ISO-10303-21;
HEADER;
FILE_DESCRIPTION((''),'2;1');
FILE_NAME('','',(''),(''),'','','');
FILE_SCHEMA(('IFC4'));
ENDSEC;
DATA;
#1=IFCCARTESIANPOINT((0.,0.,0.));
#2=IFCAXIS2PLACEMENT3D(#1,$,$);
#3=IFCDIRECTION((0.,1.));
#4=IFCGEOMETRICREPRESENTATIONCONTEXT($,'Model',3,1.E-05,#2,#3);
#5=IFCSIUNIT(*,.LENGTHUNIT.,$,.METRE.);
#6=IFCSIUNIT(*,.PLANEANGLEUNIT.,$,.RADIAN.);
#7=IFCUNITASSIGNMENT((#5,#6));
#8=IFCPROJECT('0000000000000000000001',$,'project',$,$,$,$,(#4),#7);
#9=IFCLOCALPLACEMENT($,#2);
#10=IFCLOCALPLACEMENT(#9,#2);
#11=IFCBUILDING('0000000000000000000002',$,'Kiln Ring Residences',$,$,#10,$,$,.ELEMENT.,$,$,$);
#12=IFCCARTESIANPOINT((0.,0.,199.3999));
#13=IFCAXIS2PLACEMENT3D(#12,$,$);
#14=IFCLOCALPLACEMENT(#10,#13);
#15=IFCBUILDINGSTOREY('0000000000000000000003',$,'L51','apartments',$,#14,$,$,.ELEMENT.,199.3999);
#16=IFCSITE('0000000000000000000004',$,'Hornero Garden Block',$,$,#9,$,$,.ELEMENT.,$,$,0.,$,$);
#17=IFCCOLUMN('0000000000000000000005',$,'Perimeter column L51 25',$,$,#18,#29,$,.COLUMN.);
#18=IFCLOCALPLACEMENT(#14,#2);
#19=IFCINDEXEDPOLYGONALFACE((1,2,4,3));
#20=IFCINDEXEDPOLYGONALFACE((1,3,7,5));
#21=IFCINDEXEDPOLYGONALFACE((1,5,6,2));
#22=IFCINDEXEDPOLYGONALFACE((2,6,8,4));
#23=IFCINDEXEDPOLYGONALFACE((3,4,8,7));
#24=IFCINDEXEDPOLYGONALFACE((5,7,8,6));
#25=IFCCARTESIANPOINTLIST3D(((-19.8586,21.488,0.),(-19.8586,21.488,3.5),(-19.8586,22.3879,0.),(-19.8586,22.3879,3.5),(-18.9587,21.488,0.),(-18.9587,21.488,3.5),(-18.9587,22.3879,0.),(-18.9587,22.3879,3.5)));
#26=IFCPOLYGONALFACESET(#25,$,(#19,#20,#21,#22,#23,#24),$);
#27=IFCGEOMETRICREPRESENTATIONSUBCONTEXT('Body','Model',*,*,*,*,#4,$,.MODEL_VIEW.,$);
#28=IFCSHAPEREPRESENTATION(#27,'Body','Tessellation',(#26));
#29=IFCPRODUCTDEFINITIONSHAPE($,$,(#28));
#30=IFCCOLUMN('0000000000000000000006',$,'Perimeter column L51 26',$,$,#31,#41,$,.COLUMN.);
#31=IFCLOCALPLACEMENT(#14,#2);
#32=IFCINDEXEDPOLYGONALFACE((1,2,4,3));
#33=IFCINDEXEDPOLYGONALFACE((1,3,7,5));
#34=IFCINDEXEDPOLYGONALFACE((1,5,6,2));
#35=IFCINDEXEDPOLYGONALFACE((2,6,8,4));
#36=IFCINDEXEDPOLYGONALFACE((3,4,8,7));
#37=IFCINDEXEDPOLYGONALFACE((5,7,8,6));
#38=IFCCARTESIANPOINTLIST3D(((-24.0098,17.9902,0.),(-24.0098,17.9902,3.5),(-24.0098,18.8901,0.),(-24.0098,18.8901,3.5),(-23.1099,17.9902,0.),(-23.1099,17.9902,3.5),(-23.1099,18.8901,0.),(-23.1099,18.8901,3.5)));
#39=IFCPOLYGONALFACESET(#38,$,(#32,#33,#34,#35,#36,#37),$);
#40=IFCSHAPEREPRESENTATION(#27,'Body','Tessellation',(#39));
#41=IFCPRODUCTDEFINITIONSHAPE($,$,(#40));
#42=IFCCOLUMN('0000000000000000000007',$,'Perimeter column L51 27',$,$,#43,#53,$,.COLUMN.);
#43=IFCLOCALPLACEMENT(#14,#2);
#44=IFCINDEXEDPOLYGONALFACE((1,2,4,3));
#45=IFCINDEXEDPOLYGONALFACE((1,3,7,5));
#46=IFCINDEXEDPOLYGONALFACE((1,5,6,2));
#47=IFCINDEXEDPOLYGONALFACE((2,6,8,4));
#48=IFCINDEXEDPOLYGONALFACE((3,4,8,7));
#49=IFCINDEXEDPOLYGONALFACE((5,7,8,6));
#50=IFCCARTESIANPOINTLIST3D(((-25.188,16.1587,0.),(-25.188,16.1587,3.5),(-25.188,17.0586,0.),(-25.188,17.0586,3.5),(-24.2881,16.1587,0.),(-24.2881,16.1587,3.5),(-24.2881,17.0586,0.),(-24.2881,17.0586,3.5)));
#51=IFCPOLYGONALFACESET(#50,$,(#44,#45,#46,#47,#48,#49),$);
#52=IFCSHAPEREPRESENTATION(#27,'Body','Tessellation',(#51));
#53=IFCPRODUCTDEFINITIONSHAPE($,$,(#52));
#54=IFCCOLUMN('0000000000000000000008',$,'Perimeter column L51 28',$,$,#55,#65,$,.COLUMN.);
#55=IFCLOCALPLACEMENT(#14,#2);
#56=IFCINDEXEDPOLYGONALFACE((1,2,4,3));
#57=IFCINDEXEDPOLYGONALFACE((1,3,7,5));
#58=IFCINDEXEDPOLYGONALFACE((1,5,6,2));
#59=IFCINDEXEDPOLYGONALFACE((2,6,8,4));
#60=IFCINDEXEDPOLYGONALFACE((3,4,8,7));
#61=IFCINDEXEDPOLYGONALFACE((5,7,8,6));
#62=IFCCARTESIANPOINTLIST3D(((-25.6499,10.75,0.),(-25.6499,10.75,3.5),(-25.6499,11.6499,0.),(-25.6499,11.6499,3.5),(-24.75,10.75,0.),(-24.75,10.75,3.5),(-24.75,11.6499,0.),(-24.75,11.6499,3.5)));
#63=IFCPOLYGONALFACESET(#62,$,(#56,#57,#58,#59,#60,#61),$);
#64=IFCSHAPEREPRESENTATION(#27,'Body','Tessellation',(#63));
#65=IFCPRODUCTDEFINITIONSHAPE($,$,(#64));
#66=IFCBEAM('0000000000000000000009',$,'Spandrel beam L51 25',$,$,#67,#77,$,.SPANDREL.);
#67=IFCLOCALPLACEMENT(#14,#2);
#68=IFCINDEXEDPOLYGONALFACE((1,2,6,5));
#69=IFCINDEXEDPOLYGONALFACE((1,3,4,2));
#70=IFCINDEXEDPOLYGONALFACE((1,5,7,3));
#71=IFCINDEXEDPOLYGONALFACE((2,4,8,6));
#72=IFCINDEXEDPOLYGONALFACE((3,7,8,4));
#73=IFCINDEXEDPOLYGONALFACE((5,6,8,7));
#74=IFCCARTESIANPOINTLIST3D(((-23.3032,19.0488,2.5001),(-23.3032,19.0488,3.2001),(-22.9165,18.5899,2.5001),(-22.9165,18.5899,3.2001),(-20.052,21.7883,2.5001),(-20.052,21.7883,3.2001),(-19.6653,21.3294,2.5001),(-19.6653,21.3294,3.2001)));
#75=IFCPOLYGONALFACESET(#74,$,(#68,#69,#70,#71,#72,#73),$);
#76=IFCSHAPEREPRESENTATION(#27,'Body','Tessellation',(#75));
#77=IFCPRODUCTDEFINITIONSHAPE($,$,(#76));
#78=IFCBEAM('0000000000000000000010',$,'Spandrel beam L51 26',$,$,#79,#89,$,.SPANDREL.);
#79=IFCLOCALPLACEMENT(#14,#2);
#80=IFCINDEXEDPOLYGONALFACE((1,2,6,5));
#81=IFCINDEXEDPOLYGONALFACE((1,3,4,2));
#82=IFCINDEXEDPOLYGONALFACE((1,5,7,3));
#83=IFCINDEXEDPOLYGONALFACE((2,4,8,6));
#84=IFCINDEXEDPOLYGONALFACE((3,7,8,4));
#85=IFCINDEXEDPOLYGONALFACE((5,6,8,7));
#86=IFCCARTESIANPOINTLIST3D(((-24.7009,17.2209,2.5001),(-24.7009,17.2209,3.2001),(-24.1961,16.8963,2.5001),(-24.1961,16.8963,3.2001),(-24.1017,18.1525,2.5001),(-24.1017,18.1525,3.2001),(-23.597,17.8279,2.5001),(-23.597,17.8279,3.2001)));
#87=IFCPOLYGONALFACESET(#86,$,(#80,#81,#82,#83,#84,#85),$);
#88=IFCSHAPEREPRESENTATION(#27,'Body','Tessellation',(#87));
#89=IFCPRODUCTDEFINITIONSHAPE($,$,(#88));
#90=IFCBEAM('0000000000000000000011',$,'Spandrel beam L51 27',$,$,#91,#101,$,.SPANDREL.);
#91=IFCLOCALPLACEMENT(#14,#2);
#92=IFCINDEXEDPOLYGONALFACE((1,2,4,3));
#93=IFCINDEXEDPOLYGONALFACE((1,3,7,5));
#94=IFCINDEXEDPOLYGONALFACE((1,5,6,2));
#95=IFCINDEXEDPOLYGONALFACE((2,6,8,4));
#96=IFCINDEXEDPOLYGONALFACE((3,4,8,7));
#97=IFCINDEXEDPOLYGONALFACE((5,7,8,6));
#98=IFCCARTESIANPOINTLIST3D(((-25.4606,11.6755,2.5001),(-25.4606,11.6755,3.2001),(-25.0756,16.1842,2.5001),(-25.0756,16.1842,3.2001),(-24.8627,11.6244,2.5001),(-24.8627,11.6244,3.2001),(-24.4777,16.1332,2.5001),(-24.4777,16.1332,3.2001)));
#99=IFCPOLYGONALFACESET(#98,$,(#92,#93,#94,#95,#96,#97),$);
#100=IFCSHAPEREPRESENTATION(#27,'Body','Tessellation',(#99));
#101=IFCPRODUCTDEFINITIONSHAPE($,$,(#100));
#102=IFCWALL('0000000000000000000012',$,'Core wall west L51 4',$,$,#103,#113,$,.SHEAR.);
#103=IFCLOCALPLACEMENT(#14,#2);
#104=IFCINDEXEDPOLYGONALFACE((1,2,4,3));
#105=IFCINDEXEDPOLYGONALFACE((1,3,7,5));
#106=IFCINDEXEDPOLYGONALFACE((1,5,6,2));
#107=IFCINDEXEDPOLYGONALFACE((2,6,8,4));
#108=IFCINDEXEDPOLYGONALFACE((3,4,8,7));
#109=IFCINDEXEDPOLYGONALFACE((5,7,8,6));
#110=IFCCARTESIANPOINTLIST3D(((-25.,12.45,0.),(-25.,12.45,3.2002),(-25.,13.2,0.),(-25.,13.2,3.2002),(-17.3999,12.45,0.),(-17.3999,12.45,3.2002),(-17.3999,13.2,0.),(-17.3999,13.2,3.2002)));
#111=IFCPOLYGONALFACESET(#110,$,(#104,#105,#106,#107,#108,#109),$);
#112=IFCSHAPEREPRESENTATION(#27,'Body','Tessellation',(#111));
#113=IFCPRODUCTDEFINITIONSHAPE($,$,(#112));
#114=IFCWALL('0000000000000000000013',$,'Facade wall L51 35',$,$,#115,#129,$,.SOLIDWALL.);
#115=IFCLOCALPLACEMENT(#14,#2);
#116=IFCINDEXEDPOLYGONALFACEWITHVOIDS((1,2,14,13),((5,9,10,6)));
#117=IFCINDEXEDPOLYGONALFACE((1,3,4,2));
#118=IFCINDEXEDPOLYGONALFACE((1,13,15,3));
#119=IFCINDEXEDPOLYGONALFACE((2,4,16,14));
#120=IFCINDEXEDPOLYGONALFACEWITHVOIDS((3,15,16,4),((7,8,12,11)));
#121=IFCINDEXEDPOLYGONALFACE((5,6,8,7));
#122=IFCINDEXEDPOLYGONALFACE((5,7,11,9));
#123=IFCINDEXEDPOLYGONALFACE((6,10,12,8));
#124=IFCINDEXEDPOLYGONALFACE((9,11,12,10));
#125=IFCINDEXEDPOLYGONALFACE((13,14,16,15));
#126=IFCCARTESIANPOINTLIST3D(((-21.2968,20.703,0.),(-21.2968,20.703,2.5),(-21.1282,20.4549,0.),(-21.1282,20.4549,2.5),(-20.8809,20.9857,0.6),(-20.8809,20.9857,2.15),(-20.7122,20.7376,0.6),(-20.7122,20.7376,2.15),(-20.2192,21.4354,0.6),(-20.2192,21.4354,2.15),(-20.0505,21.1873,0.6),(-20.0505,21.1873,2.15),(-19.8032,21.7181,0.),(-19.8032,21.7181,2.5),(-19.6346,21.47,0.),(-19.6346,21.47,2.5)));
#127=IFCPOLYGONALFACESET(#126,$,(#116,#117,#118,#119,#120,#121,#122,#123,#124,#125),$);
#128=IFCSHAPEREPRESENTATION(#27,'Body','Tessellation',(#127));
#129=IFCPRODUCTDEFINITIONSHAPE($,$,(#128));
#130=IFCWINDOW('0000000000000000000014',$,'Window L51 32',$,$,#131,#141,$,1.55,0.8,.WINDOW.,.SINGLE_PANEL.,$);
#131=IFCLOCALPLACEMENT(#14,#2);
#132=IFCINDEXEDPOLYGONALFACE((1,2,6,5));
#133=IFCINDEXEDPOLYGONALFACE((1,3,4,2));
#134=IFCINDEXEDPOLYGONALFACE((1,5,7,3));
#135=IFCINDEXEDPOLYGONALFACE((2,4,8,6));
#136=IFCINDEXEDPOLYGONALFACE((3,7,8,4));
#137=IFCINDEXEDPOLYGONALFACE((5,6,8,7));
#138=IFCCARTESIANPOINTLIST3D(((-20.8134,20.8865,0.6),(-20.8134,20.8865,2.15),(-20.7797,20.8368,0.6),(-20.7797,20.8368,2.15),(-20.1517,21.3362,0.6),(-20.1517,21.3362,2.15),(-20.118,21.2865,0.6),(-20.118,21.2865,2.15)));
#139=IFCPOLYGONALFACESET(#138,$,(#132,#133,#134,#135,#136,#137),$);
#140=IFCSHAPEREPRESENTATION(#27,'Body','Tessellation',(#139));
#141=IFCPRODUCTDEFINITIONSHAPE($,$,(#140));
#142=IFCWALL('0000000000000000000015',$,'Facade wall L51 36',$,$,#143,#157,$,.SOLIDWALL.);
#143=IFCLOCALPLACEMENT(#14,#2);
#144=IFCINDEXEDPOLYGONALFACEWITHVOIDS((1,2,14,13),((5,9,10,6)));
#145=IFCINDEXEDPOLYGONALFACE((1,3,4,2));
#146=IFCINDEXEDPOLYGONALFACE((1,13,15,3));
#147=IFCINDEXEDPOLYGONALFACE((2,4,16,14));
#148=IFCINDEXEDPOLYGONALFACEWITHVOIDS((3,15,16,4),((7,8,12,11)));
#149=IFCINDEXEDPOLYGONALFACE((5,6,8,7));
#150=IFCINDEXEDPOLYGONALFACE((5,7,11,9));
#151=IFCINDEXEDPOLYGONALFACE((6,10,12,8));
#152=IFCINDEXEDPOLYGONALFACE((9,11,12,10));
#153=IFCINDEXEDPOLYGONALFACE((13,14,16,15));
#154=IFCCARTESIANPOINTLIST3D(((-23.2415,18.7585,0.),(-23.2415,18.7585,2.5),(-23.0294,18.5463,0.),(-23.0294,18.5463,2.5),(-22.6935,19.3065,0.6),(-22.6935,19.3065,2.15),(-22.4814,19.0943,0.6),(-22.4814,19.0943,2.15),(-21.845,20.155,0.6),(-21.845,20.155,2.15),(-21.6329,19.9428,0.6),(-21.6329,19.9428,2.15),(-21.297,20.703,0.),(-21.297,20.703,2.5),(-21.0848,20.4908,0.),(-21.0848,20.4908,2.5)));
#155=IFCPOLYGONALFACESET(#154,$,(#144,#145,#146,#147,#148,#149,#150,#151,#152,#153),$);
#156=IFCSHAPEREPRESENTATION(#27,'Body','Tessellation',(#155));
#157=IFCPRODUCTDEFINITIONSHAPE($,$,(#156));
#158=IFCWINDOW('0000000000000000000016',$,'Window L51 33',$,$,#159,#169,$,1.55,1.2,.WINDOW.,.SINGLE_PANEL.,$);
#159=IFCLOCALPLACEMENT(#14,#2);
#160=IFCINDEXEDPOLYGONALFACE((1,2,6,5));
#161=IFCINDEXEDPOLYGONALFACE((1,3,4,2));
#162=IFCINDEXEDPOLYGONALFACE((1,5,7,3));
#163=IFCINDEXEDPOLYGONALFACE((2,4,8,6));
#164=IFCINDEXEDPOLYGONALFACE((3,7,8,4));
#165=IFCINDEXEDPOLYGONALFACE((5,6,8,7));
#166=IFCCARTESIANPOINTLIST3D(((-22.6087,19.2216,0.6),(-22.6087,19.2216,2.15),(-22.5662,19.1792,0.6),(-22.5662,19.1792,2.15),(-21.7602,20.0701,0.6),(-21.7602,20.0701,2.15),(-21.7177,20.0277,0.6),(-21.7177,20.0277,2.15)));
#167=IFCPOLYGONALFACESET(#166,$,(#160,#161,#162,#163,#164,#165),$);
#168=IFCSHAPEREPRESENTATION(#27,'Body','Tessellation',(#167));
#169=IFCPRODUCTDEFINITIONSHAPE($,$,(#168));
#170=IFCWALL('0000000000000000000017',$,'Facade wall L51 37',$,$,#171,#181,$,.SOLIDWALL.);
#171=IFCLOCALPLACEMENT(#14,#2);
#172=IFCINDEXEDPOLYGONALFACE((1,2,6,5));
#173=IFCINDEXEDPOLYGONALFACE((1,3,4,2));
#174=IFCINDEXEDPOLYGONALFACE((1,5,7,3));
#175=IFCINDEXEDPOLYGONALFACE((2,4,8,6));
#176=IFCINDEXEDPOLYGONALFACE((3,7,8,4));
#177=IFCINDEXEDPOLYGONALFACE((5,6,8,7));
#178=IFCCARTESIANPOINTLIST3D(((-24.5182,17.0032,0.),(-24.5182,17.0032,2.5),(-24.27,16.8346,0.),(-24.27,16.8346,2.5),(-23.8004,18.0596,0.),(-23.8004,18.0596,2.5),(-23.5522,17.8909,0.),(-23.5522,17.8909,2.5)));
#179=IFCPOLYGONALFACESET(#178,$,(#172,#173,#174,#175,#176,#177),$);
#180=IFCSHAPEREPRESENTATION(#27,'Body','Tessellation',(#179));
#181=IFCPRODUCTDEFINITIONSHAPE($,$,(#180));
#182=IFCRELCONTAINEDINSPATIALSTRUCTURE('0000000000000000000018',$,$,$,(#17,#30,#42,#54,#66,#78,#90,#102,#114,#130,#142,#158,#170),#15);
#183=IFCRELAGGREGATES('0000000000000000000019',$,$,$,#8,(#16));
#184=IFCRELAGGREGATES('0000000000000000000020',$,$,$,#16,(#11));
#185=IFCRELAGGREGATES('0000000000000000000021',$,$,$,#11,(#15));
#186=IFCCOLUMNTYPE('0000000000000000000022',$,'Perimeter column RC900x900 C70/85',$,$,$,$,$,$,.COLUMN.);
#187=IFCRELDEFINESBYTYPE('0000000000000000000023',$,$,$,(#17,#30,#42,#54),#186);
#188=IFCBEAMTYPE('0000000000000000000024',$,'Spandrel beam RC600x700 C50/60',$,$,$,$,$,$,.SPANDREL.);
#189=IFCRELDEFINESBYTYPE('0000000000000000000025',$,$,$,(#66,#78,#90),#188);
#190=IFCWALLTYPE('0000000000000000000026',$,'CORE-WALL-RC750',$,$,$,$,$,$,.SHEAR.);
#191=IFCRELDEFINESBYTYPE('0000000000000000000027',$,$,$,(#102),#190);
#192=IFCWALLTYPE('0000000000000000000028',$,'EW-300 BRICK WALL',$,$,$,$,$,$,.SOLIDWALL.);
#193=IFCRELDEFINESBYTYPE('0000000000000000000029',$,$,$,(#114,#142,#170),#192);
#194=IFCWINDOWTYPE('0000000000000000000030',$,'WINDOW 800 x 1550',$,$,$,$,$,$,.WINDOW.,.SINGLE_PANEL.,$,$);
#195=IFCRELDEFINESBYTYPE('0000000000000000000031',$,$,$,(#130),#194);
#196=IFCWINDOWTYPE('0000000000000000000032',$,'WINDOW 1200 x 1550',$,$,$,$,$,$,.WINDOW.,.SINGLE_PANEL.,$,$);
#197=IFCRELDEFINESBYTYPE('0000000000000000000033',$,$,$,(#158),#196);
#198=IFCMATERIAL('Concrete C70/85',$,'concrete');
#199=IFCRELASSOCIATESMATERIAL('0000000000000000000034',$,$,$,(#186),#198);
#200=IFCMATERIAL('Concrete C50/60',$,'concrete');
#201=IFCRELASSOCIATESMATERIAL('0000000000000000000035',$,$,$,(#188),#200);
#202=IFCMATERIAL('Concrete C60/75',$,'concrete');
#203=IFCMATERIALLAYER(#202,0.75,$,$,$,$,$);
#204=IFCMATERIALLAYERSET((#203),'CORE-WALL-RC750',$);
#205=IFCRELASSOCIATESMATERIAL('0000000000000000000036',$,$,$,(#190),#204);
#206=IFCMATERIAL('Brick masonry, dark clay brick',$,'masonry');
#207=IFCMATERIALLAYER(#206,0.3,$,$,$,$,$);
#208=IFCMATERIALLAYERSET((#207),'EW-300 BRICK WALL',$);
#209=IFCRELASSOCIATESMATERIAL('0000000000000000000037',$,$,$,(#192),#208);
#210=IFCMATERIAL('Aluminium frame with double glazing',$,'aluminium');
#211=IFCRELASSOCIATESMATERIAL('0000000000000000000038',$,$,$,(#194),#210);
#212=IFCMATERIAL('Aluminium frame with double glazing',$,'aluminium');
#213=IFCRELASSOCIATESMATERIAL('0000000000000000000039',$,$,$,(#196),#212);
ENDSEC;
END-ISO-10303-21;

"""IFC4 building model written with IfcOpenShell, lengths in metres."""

from ifc_helpers import new_model, si_unit, direction, frame, frame_2d, origin, origin_2d, place, context, subcontext, project, spatial, rectangle, extrude, material, layer, layer_set, material_profile, profile_set, type_object, element, fill, save


model = new_model("IFC4")

# Units and contexts
model_context = context("Model", 3, precision=1e-05, world=origin(), true_north=direction((0.0, 1.0)))
body_context = subcontext(model_context, "Body", "Model", "MODEL_VIEW")
ifc_project = project(units=[si_unit("LENGTHUNIT", "METRE"), si_unit("PLANEANGLEUNIT", "RADIAN")], contexts=[model_context])

# Site, building, storey
site_placement = place(None, origin())
site = spatial("IfcSite", under=ifc_project, at=site_placement, Name="Hornero Garden Block", CompositionType="ELEMENT", RefElevation=0.0)
building_placement = place(site_placement, origin())
building = spatial("IfcBuilding", under=site, at=building_placement, Name="Kiln Ring Residences", CompositionType="ELEMENT")
storey_placement = place(building_placement, frame((0.0, 0.0, 199.3999)))
storey = spatial("IfcBuildingStorey", under=building, at=storey_placement, Name="L51", Description="apartments", CompositionType="ELEMENT", Elevation=199.3999)

# Columns
ifc_material_1 = material(Name="Concrete C70/85", Category="concrete")
ifc_material_profile_1 = material_profile(ifc_material_1, rectangle(XDim=0.8999, YDim=0.8999, at=origin_2d()), Name="RC900x900")
ifc_profile_set_1 = profile_set([ifc_material_profile_1], Name="Concrete C70/85")
column_type = type_object("IfcColumnType", Name="Perimeter column RC900x900 C70/85", PredefinedType="COLUMN", material=ifc_profile_set_1)
for number, where, z_axis, x_axis, name in (
    (1, (-19.4087, 21.938, 0.0), (0.0, 0.0, 1.0), (1.0, 0.0, 0.0), "Perimeter column L51 25"),
    (2, (-23.5598, 18.4402, 0.0), (0.0, 0.0, 1.0), (1.0, 0.0, 0.0), "Perimeter column L51 26"),
    (3, (-24.738, 16.6086, 0.0), (0.0, 0.0, 1.0), (1.0, 0.0, 0.0), "Perimeter column L51 27"),
    (4, (-25.2, 11.2, 0.0), (0.0, 0.0, 1.0), (1.0, 0.0, 0.0), "Perimeter column L51 28"),
):
    element("IfcColumn", number, at=place(storey_placement, frame(where, z_axis=z_axis, x_axis=x_axis)), inside=storey, type_object=column_type, Name=name, PredefinedType="COLUMN", context=body_context, shape_type="SweptSolid", body=[
        extrude(rectangle(XDim=0.8999, YDim=0.8999, at=origin_2d()), origin(), (0.0, 0.0, 1.0), 3.5),
    ])

# Beams
ifc_material_2 = material(Name="Concrete C50/60", Category="concrete")
ifc_material_profile_2 = material_profile(ifc_material_2, rectangle(XDim=0.6001, YDim=0.7, at=origin_2d()), Name="RC600x700")
ifc_profile_set_2 = profile_set([ifc_material_profile_2], Name="Concrete C50/60")
beam_type = type_object("IfcBeamType", Name="Spandrel beam RC600x700 C50/60", PredefinedType="SPANDREL", material=ifc_profile_set_2)
beam_1_placement = place(storey_placement, frame((-19.8586, 21.5588, 2.8501), z_axis=(-0.764722, -0.64436, 0.0), x_axis=(0.64436, -0.764722, 0.0)))
element("IfcBeam", 5, at=beam_1_placement, inside=storey, type_object=beam_type, Name="Spandrel beam L51 25", PredefinedType="SPANDREL", context=body_context, shape_type="SweptSolid", body=[
    extrude(rectangle(XDim=0.6001, YDim=0.7, at=origin_2d()), origin(), (0.0, 0.0, 1.0), 4.2515),
])
beam_2_placement = place(storey_placement, frame((-23.8494, 17.9902, 2.8501), z_axis=(-0.540891, -0.841093, 0.0), x_axis=(0.841093, -0.540891, 0.0)))
element("IfcBeam", 6, at=beam_2_placement, inside=storey, type_object=beam_type, Name="Spandrel beam L51 26", PredefinedType="SPANDREL", context=body_context, shape_type="SweptSolid", body=[
    extrude(rectangle(XDim=0.6001, YDim=0.7, at=origin_2d()), origin(), (0.0, 0.0, 1.0), 1.1077),
])
beam_3_placement = place(storey_placement, frame((-24.7766, 16.1587, 2.8501), z_axis=(-0.085081, -0.996374, 0.0), x_axis=(0.996374, -0.085081, 0.0)))
element("IfcBeam", 7, at=beam_3_placement, inside=storey, type_object=beam_type, Name="Spandrel beam L51 27", PredefinedType="SPANDREL", context=body_context, shape_type="SweptSolid", body=[
    extrude(rectangle(XDim=0.6001, YDim=0.7, at=origin_2d()), origin(), (0.0, 0.0, 1.0), 4.5251),
])

# Wall
ifc_material_3 = material(Name="Concrete C60/75", Category="concrete")
ifc_layer_1 = layer(ifc_material_3, 0.75)
ifc_layer_set_1 = layer_set([ifc_layer_1], Name="CORE-WALL-RC750")
wall_type_1 = type_object("IfcWallType", Name="CORE-WALL-RC750", PredefinedType="SHEAR", material=ifc_layer_set_1)
wall_1_placement = place(storey_placement, frame((-17.3999, 12.825, 0.0), z_axis=(0.0, 0.0, 1.0), x_axis=(-1.0, 0.0, 0.0)))
element("IfcWall", 8, at=wall_1_placement, inside=storey, type_object=wall_type_1, Name="Core wall west L51 4", PredefinedType="SHEAR", context=body_context, shape_type="SweptSolid", body=[
    extrude(rectangle(XDim=7.6001, YDim=0.75, at=frame_2d((3.8, 0.0))), origin(), (0.0, 0.0, 1.0), 3.2002),
])

# Walls, openings, windows
ifc_material_4 = material(Name="Brick masonry, dark clay brick", Category="masonry")
ifc_layer_2 = layer(ifc_material_4, 0.3)
ifc_layer_set_2 = layer_set([ifc_layer_2], Name="EW-300 BRICK WALL")
wall_type_2 = type_object("IfcWallType", Name="EW-300 BRICK WALL", PredefinedType="SOLIDWALL", material=ifc_layer_set_2)
wall_2_placement = place(storey_placement, frame((-19.719, 21.594, 0.0), z_axis=(0.0, 0.0, 1.0), x_axis=(-0.827067, -0.562103, 0.0)))
wall_2 = element("IfcWall", 9, at=wall_2_placement, inside=storey, type_object=wall_type_2, Name="Facade wall L51 35", PredefinedType="SOLIDWALL", context=body_context, shape_type="SweptSolid", body=[
    extrude(rectangle(XDim=1.8059, YDim=0.3, at=frame_2d((0.9028, 0.0))), origin(), (0.0, 0.0, 1.0), 2.5),
])
opening_1_placement = place(wall_2_placement, frame((0.5029, 0.0, 0.6001)))
opening_1 = element("IfcOpeningElement", 10, at=opening_1_placement, cuts=wall_2, PredefinedType="OPENING", context=body_context, shape_type="SweptSolid", body=[
    extrude(rectangle(XDim=0.8, YDim=1.55, at=frame_2d((0.3999, 0.7749))), frame((0.0, 0.1599, 0.0), z_axis=(0.0, -1.0, 0.0), x_axis=(1.0, 0.0, 0.0)), (0.0, 0.0, 1.0), 0.3201),
])
ifc_material_5 = material(Name="Aluminium frame with double glazing", Category="aluminium")
window_type_1 = type_object("IfcWindowType", Name="WINDOW 800 x 1550", PartitioningType="SINGLE_PANEL", PredefinedType="WINDOW", material=ifc_material_5)
window_1_placement = place(opening_1_placement, origin())
window_1 = element("IfcWindow", 11, at=window_1_placement, inside=storey, type_object=window_type_1, Name="Window L51 32", OverallHeight=1.55, OverallWidth=0.8, PartitioningType="SINGLE_PANEL", PredefinedType="WINDOW", context=body_context, shape_type="SweptSolid", body=[
    extrude(rectangle(XDim=0.8, YDim=1.55, at=frame_2d((0.3999, 0.7749))), frame((0.0, 0.03, 0.0), z_axis=(0.0, -1.0, 0.0), x_axis=(1.0, 0.0, 0.0)), (0.0, 0.0, 1.0), 0.0601),
])
fill(opening_1, window_1)
wall_3_placement = place(storey_placement, frame((-21.1909, 20.5969, 0.0), z_axis=(0.0, 0.0, 1.0), x_axis=(-0.707107, -0.707107, 0.0)))
wall_3 = element("IfcWall", 12, at=wall_3_placement, inside=storey, type_object=wall_type_2, Name="Facade wall L51 36", PredefinedType="SOLIDWALL", context=body_context, shape_type="SweptSolid", body=[
    extrude(rectangle(XDim=2.75, YDim=0.3, at=frame_2d((1.375, 0.0))), origin(), (0.0, 0.0, 1.0), 2.5),
])
opening_2_placement = place(wall_3_placement, frame((0.7749, 0.0, 0.6001)))
opening_2 = element("IfcOpeningElement", 13, at=opening_2_placement, cuts=wall_3, PredefinedType="OPENING", context=body_context, shape_type="SweptSolid", body=[
    extrude(rectangle(XDim=1.2, YDim=1.55, at=frame_2d((0.6001, 0.7749))), frame((0.0, 0.1599, 0.0), z_axis=(0.0, -1.0, 0.0), x_axis=(1.0, 0.0, 0.0)), (0.0, 0.0, 1.0), 0.3201),
])
ifc_material_6 = material(Name="Aluminium frame with double glazing", Category="aluminium")
window_type_2 = type_object("IfcWindowType", Name="WINDOW 1200 x 1550", PartitioningType="SINGLE_PANEL", PredefinedType="WINDOW", material=ifc_material_6)
window_2_placement = place(opening_2_placement, origin())
window_2 = element("IfcWindow", 14, at=window_2_placement, inside=storey, type_object=window_type_2, Name="Window L51 33", OverallHeight=1.55, OverallWidth=1.2, PartitioningType="SINGLE_PANEL", PredefinedType="WINDOW", context=body_context, shape_type="SweptSolid", body=[
    extrude(rectangle(XDim=1.2, YDim=1.55, at=frame_2d((0.6001, 0.7749))), frame((0.0, 0.03, 0.0), z_axis=(0.0, -1.0, 0.0), x_axis=(1.0, 0.0, 0.0)), (0.0, 0.0, 1.0), 0.0601),
])
fill(opening_2, window_2)

# Wall
wall_4_placement = place(storey_placement, frame((-23.6763, 17.9753, 0.0), z_axis=(0.0, 0.0, 1.0), x_axis=(-0.562001, -0.827136, 0.0)))
element("IfcWall", 15, at=wall_4_placement, inside=storey, type_object=wall_type_2, Name="Facade wall L51 37", PredefinedType="SOLIDWALL", context=body_context, shape_type="SweptSolid", body=[
    extrude(rectangle(XDim=1.2771, YDim=0.3, at=frame_2d((0.6387, 0.0))), origin(), (0.0, 0.0, 1.0), 2.5),
])

save(model, "model.ifc")
